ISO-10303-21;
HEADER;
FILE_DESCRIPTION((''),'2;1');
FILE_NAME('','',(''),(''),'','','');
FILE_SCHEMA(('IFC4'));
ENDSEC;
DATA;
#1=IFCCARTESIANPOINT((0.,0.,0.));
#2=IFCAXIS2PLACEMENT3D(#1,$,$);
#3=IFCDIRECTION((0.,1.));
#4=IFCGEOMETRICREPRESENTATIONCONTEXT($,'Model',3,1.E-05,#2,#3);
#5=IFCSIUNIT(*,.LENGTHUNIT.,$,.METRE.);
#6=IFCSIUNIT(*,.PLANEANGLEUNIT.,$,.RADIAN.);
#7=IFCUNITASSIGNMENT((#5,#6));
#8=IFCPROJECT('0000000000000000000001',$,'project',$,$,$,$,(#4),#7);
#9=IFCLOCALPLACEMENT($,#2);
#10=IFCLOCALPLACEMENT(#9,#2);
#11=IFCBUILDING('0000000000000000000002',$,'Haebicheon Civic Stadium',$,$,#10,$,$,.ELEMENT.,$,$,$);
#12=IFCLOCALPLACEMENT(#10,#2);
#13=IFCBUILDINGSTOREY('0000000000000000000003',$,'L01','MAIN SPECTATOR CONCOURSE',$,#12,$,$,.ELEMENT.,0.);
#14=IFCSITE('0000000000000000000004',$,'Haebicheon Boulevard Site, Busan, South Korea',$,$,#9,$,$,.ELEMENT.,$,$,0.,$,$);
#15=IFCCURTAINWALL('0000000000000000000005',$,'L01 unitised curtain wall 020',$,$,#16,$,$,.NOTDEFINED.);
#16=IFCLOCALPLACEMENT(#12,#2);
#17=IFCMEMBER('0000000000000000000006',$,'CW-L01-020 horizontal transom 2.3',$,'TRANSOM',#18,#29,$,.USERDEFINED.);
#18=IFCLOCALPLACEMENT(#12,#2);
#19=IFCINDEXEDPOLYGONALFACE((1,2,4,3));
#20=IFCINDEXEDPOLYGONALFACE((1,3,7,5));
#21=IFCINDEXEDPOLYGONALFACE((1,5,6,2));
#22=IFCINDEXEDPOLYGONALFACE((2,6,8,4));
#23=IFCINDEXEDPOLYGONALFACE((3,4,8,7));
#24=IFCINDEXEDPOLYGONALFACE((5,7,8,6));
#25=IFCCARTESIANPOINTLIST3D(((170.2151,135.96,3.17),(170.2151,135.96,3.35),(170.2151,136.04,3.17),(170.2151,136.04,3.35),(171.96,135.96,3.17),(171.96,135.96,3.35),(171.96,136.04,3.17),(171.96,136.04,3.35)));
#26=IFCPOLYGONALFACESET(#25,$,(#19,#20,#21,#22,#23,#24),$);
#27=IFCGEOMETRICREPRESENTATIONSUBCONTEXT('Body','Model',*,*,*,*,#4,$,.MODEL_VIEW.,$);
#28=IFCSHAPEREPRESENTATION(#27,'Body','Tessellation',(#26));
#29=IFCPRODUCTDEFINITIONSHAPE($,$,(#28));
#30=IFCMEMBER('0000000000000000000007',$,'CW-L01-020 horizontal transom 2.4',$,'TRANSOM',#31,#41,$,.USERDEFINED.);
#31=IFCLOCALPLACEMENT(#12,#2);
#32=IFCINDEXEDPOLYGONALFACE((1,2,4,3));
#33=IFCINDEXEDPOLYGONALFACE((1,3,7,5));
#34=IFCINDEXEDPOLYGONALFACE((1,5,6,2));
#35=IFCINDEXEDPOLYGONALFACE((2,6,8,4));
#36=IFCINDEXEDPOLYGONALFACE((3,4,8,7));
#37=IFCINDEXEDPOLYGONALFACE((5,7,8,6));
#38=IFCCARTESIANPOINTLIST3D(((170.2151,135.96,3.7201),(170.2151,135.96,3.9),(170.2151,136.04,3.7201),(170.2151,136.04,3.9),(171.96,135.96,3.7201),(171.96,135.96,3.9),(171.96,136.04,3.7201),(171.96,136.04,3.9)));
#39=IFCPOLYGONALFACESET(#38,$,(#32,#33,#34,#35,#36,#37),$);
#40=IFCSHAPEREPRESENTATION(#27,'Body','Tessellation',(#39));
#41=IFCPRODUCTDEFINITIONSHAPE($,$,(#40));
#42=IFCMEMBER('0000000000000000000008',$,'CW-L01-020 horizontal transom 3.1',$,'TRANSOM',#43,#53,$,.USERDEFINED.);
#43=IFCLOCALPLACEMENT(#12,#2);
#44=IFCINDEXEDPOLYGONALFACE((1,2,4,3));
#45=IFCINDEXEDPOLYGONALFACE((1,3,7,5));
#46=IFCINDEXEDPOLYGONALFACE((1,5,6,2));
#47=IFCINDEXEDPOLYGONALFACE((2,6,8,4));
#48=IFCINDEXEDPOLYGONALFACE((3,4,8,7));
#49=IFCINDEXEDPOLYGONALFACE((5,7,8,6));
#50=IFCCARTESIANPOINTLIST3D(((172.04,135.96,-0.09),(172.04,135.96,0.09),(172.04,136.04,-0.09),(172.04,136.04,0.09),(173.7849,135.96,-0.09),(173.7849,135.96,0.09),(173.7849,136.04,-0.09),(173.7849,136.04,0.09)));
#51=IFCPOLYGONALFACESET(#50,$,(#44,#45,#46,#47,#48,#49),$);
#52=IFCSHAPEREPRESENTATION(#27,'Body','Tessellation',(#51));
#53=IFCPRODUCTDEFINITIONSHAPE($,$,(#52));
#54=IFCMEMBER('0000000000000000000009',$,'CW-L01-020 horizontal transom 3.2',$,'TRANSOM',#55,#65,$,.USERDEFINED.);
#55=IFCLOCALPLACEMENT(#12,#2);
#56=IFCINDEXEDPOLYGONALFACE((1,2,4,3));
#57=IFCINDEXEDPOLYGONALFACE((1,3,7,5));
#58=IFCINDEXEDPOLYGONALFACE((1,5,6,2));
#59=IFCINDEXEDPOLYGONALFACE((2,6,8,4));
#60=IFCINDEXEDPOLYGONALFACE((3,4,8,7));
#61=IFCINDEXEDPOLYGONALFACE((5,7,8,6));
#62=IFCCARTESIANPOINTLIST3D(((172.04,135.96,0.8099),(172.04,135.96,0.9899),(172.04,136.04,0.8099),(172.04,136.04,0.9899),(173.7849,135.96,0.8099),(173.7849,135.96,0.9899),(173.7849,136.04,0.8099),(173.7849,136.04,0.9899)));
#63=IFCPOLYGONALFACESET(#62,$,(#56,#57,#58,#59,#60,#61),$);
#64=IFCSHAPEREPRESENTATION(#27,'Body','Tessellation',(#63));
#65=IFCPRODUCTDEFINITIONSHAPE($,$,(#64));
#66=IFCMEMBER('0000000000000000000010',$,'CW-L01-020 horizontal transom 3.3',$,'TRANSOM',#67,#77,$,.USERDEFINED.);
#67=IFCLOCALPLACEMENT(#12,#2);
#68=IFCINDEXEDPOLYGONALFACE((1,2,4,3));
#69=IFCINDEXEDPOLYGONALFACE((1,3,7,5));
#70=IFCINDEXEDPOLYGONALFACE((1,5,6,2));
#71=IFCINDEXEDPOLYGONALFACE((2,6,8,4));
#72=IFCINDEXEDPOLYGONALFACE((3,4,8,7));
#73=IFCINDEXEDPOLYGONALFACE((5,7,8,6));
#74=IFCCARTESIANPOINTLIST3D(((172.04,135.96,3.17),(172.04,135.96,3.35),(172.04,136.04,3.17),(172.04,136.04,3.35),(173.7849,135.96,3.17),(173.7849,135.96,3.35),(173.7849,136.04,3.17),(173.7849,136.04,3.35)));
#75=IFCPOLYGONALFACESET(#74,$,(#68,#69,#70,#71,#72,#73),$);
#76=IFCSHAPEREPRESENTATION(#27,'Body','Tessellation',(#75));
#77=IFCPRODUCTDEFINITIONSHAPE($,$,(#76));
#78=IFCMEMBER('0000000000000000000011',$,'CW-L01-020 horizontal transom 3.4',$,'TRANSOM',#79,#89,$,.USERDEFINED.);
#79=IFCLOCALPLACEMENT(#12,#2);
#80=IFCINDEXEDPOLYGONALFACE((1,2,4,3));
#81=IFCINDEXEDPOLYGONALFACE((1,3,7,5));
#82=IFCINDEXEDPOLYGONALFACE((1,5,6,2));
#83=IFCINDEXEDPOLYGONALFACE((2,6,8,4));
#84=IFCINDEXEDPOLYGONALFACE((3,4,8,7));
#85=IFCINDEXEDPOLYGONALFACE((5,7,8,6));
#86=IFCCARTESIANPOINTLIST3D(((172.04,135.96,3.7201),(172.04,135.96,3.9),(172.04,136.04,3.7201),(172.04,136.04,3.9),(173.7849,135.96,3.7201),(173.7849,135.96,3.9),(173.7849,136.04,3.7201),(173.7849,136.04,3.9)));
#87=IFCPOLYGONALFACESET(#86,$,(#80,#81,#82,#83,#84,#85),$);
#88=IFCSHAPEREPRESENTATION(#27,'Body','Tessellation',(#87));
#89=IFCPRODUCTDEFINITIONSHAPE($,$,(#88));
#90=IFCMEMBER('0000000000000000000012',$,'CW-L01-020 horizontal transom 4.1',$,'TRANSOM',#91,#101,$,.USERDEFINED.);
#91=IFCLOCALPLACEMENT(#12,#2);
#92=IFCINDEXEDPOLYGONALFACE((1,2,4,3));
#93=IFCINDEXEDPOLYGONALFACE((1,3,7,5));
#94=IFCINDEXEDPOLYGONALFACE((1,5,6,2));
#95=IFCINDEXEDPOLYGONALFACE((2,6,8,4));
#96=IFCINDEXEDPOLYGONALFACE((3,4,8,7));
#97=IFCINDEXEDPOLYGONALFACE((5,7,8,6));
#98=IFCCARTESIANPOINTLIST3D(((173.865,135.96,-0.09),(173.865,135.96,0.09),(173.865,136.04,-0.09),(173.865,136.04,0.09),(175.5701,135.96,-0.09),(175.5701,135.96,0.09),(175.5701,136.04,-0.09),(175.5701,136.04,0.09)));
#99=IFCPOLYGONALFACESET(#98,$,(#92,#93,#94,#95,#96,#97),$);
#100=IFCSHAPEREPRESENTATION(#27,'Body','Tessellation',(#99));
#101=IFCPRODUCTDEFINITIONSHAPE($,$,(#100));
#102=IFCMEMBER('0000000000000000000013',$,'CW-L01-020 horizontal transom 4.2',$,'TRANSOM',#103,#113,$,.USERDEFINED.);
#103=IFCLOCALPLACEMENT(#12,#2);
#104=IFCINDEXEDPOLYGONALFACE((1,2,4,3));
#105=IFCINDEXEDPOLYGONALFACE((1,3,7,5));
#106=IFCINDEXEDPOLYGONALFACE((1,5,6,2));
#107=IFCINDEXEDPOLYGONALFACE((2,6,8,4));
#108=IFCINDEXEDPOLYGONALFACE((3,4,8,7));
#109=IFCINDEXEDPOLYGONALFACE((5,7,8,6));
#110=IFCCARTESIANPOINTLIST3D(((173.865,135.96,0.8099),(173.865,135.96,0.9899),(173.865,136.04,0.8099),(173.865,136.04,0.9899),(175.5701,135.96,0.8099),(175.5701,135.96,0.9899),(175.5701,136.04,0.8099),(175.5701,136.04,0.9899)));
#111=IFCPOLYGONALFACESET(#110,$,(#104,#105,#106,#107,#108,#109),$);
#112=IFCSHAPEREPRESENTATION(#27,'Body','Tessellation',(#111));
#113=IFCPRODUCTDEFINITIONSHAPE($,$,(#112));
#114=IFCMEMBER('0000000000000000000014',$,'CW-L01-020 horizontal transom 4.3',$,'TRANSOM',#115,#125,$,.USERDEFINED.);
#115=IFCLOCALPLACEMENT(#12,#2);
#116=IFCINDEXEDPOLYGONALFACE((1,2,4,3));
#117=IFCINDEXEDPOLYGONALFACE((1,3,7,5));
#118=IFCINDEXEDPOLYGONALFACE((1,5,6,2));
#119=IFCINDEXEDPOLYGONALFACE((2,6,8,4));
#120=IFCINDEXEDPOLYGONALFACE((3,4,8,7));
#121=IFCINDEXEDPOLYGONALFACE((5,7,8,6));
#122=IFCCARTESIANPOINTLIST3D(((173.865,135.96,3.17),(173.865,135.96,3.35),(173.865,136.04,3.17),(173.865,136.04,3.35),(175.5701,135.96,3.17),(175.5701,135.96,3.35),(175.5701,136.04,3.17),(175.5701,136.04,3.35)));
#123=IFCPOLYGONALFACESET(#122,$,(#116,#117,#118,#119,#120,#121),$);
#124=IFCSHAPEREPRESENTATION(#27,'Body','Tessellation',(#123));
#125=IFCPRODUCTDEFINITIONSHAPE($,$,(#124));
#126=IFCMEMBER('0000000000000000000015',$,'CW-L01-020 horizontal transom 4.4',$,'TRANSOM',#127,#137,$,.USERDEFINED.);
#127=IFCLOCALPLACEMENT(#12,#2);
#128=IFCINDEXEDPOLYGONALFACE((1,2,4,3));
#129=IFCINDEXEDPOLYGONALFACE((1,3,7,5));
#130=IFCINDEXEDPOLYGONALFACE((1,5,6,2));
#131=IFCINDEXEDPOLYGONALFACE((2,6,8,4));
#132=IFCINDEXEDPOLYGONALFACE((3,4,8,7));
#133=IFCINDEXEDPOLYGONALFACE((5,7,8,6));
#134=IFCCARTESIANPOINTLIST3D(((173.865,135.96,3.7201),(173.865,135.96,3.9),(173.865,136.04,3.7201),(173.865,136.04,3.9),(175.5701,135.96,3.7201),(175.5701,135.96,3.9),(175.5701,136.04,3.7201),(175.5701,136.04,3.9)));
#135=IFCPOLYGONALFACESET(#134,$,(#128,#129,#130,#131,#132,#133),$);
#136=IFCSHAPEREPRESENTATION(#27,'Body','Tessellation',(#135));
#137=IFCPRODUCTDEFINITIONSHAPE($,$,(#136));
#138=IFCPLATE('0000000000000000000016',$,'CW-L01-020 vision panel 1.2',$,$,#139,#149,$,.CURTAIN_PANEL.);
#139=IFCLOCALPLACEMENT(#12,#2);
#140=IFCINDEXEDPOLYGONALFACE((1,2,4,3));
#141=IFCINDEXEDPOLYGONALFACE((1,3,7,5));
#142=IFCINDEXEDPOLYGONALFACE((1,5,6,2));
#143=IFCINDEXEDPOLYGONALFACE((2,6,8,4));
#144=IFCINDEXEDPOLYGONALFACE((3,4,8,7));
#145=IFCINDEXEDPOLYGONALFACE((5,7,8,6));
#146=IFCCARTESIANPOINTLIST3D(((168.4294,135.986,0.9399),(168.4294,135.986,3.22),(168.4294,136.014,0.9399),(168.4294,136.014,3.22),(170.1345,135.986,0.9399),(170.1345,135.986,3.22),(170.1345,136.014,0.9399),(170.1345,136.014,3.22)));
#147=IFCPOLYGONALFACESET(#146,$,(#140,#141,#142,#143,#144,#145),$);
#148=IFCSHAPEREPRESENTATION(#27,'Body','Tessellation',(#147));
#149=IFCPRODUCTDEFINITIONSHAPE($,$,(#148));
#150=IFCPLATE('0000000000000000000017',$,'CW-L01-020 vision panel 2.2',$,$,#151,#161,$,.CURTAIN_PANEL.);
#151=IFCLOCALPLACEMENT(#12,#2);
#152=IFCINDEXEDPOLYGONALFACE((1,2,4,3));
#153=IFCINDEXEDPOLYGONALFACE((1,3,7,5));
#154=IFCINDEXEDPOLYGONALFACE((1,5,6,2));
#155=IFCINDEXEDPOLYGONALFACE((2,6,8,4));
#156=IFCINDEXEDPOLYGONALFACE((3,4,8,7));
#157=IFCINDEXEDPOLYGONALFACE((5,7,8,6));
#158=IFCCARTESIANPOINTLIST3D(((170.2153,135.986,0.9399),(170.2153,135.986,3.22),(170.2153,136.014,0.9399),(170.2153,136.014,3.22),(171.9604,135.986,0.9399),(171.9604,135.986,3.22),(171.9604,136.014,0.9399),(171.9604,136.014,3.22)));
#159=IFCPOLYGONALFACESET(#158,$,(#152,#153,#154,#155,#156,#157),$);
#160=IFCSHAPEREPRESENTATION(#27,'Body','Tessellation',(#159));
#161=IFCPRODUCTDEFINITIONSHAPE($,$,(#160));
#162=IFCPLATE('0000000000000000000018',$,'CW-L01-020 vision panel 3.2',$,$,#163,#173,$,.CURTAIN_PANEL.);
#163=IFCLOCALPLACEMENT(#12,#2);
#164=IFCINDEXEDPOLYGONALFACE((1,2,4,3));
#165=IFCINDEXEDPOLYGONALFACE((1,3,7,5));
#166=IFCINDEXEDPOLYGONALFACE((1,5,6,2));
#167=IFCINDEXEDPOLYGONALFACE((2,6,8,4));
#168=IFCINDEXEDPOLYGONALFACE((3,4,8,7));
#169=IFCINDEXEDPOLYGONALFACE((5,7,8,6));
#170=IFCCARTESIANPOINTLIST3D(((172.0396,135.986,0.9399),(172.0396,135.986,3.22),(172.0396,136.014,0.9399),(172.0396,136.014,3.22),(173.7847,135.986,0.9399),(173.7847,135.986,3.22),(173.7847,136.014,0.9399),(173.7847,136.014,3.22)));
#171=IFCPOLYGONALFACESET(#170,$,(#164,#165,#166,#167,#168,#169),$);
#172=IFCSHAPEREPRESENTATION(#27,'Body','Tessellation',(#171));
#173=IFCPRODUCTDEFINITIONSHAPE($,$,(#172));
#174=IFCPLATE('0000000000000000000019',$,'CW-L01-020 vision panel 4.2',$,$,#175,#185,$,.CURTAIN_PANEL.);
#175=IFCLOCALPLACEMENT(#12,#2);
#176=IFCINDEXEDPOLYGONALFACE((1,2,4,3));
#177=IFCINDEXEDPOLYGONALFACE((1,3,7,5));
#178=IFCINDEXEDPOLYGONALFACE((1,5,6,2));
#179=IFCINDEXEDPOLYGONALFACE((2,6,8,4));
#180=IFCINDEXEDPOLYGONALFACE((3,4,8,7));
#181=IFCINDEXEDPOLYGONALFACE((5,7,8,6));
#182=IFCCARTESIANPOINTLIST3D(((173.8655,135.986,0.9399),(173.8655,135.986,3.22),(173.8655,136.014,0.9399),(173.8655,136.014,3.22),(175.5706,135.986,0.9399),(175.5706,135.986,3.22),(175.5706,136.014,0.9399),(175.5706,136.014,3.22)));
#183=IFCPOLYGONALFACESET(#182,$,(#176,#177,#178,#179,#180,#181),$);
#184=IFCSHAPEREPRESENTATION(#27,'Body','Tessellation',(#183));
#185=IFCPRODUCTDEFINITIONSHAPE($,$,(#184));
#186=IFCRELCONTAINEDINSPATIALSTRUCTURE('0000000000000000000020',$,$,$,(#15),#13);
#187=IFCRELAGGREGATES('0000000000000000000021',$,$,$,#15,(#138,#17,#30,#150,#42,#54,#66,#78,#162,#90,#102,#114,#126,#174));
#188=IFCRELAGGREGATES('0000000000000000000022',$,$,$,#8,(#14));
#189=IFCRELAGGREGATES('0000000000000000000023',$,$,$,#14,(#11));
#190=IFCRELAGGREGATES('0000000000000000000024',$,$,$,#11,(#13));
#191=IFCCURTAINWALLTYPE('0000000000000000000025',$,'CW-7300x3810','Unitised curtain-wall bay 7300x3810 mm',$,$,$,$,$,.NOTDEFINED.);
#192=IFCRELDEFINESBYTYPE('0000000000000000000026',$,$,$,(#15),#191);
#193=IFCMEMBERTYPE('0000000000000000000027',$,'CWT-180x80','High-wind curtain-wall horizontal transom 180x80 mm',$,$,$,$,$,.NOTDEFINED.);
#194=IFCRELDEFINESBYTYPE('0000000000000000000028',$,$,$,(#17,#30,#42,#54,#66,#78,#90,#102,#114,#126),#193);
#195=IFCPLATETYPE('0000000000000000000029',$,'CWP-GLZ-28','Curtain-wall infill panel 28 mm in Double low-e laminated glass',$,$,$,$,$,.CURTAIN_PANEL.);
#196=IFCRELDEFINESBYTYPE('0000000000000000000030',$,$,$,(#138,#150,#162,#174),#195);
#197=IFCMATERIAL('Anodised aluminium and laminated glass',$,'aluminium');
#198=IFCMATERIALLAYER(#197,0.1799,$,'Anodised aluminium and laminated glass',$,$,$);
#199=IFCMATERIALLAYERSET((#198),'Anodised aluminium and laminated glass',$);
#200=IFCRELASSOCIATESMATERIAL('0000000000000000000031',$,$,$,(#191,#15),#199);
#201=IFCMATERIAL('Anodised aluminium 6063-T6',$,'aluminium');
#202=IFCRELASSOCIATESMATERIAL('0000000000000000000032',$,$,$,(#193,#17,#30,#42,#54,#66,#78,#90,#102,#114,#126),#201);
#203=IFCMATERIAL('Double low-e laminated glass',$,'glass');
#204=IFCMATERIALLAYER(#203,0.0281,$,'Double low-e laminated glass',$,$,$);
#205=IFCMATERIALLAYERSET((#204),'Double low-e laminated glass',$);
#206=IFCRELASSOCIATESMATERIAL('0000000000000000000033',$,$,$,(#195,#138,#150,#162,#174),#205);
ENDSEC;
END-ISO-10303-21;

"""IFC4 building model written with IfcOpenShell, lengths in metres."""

from ifc_helpers import new_model, si_unit, direction, frame, origin, origin_2d, place, context, subcontext, project, spatial, rectangle, extrude, material, layer, layer_set, material_profile, profile_set, type_object, element, aggregate, save


model = new_model("IFC4")

# Units and contexts
model_context = context("Model", 3, precision=1e-05, world=origin(), true_north=direction((0.0, 1.0)))
body_context = subcontext(model_context, "Body", "Model", "MODEL_VIEW")
ifc_project = project(units=[si_unit("LENGTHUNIT", "METRE"), si_unit("PLANEANGLEUNIT", "RADIAN")], contexts=[model_context])

# Site, building, storey
site_placement = place(None, origin())
site = spatial("IfcSite", under=ifc_project, at=site_placement, Name="Haebicheon Boulevard Site, Busan, South Korea", CompositionType="ELEMENT", RefElevation=0.0)
building_placement = place(site_placement, origin())
building = spatial("IfcBuilding", under=site, at=building_placement, Name="Haebicheon Civic Stadium", CompositionType="ELEMENT")
storey_placement = place(building_placement, origin())
storey = spatial("IfcBuildingStorey", under=building, at=storey_placement, Name="L01", Description="MAIN SPECTATOR CONCOURSE", CompositionType="ELEMENT", Elevation=0.0)

# Curtain wall, members, plates
ifc_material_1 = material(Name="Anodised aluminium and laminated glass", Category="aluminium")
ifc_layer_1 = layer(ifc_material_1, 0.1799, Name="Anodised aluminium and laminated glass")
ifc_layer_set_1 = layer_set([ifc_layer_1], Name="Anodised aluminium and laminated glass")
curtain_wall_type = type_object("IfcCurtainWallType", Name="CW-7300x3810", Description="Unitised curtain-wall bay 7300x3810 mm", PredefinedType="NOTDEFINED", material=ifc_layer_set_1)
curtain_wall_placement = place(storey_placement, origin())
curtain_wall = element("IfcCurtainWall", 1, at=curtain_wall_placement, inside=storey, type_object=curtain_wall_type, material=ifc_layer_set_1, Name="L01 unitised curtain wall 020", PredefinedType="NOTDEFINED")
ifc_material_2 = material(Name="Anodised aluminium 6063-T6", Category="aluminium")
ifc_material_profile_1 = material_profile(ifc_material_2, rectangle(XDim=0.0801, YDim=0.1799, at=origin_2d()), Name="ALU-TRAN-80x180")
ifc_profile_set_1 = profile_set([ifc_material_profile_1], Name="Anodised aluminium 6063-T6")
member_type_1 = type_object("IfcMemberType", Name="CWT-180x80", Description="High-wind curtain-wall horizontal transom 180x80 mm", PredefinedType="NOTDEFINED", material=ifc_profile_set_1)
member_1_placement = place(storey_placement, frame((170.2151, 136.0, 3.26), z_axis=(1.0, 0.0, 0.0), x_axis=(0.0, 1.0, 0.0)))
member_1 = element("IfcMember", 2, at=member_1_placement, type_object=member_type_1, material=ifc_profile_set_1, Name="CW-L01-020 horizontal transom 2.3", ObjectType="TRANSOM", PredefinedType="USERDEFINED", context=body_context, shape_type="SweptSolid", body=[
    extrude(rectangle(XDim=0.0801, YDim=0.1799, at=origin_2d()), origin(), (0.0, 0.0, 1.0), 1.7449),
])
member_2_placement = place(storey_placement, frame((170.2151, 136.0, 3.8101), z_axis=(1.0, 0.0, 0.0), x_axis=(0.0, 1.0, 0.0)))
member_2 = element("IfcMember", 3, at=member_2_placement, type_object=member_type_1, material=ifc_profile_set_1, Name="CW-L01-020 horizontal transom 2.4", ObjectType="TRANSOM", PredefinedType="USERDEFINED", context=body_context, shape_type="SweptSolid", body=[
    extrude(rectangle(XDim=0.0801, YDim=0.1799, at=origin_2d()), origin(), (0.0, 0.0, 1.0), 1.7449),
])
member_3_placement = place(storey_placement, frame((172.04, 136.0, 0.0), z_axis=(1.0, 0.0, 0.0), x_axis=(0.0, 1.0, 0.0)))
member_3 = element("IfcMember", 4, at=member_3_placement, type_object=member_type_1, material=ifc_profile_set_1, Name="CW-L01-020 horizontal transom 3.1", ObjectType="TRANSOM", PredefinedType="USERDEFINED", context=body_context, shape_type="SweptSolid", body=[
    extrude(rectangle(XDim=0.0801, YDim=0.1799, at=origin_2d()), origin(), (0.0, 0.0, 1.0), 1.7449),
])
member_4_placement = place(storey_placement, frame((172.04, 136.0, 0.8999), z_axis=(1.0, 0.0, 0.0), x_axis=(0.0, 1.0, 0.0)))
member_4 = element("IfcMember", 5, at=member_4_placement, type_object=member_type_1, material=ifc_profile_set_1, Name="CW-L01-020 horizontal transom 3.2", ObjectType="TRANSOM", PredefinedType="USERDEFINED", context=body_context, shape_type="SweptSolid", body=[
    extrude(rectangle(XDim=0.0801, YDim=0.1799, at=origin_2d()), origin(), (0.0, 0.0, 1.0), 1.7449),
])
member_5_placement = place(storey_placement, frame((172.04, 136.0, 3.26), z_axis=(1.0, 0.0, 0.0), x_axis=(0.0, 1.0, 0.0)))
member_5 = element("IfcMember", 6, at=member_5_placement, type_object=member_type_1, material=ifc_profile_set_1, Name="CW-L01-020 horizontal transom 3.3", ObjectType="TRANSOM", PredefinedType="USERDEFINED", context=body_context, shape_type="SweptSolid", body=[
    extrude(rectangle(XDim=0.0801, YDim=0.1799, at=origin_2d()), origin(), (0.0, 0.0, 1.0), 1.7449),
])
member_6_placement = place(storey_placement, frame((172.04, 136.0, 3.8101), z_axis=(1.0, 0.0, 0.0), x_axis=(0.0, 1.0, 0.0)))
member_6 = element("IfcMember", 7, at=member_6_placement, type_object=member_type_1, material=ifc_profile_set_1, Name="CW-L01-020 horizontal transom 3.4", ObjectType="TRANSOM", PredefinedType="USERDEFINED", context=body_context, shape_type="SweptSolid", body=[
    extrude(rectangle(XDim=0.0801, YDim=0.1799, at=origin_2d()), origin(), (0.0, 0.0, 1.0), 1.7449),
])
member_7_placement = place(storey_placement, frame((173.865, 136.0, 0.0), z_axis=(1.0, 0.0, 0.0), x_axis=(0.0, 1.0, 0.0)))
member_7 = element("IfcMember", 8, at=member_7_placement, type_object=member_type_1, material=ifc_profile_set_1, Name="CW-L01-020 horizontal transom 4.1", ObjectType="TRANSOM", PredefinedType="USERDEFINED", context=body_context, shape_type="SweptSolid", body=[
    extrude(rectangle(XDim=0.0801, YDim=0.1799, at=origin_2d()), origin(), (0.0, 0.0, 1.0), 1.7051),
])
member_8_placement = place(storey_placement, frame((173.865, 136.0, 0.8999), z_axis=(1.0, 0.0, 0.0), x_axis=(0.0, 1.0, 0.0)))
member_8 = element("IfcMember", 9, at=member_8_placement, type_object=member_type_1, material=ifc_profile_set_1, Name="CW-L01-020 horizontal transom 4.2", ObjectType="TRANSOM", PredefinedType="USERDEFINED", context=body_context, shape_type="SweptSolid", body=[
    extrude(rectangle(XDim=0.0801, YDim=0.1799, at=origin_2d()), origin(), (0.0, 0.0, 1.0), 1.7051),
])
member_9_placement = place(storey_placement, frame((173.865, 136.0, 3.26), z_axis=(1.0, 0.0, 0.0), x_axis=(0.0, 1.0, 0.0)))
member_9 = element("IfcMember", 10, at=member_9_placement, type_object=member_type_1, material=ifc_profile_set_1, Name="CW-L01-020 horizontal transom 4.3", ObjectType="TRANSOM", PredefinedType="USERDEFINED", context=body_context, shape_type="SweptSolid", body=[
    extrude(rectangle(XDim=0.0801, YDim=0.1799, at=origin_2d()), origin(), (0.0, 0.0, 1.0), 1.7051),
])
member_10_placement = place(storey_placement, frame((173.865, 136.0, 3.8101), z_axis=(1.0, 0.0, 0.0), x_axis=(0.0, 1.0, 0.0)))
member_10 = element("IfcMember", 11, at=member_10_placement, type_object=member_type_1, material=ifc_profile_set_1, Name="CW-L01-020 horizontal transom 4.4", ObjectType="TRANSOM", PredefinedType="USERDEFINED", context=body_context, shape_type="SweptSolid", body=[
    extrude(rectangle(XDim=0.0801, YDim=0.1799, at=origin_2d()), origin(), (0.0, 0.0, 1.0), 1.7051),
])
ifc_material_3 = material(Name="Double low-e laminated glass", Category="glass")
ifc_layer_2 = layer(ifc_material_3, 0.0281, Name="Double low-e laminated glass")
ifc_layer_set_2 = layer_set([ifc_layer_2], Name="Double low-e laminated glass")
plate_type_1 = type_object("IfcPlateType", Name="CWP-GLZ-28", Description="Curtain-wall infill panel 28 mm in Double low-e laminated glass", PredefinedType="CURTAIN_PANEL", material=ifc_layer_set_2)
plate_1_placement = place(storey_placement, frame((169.282, 136.0, 0.9399), z_axis=(0.0, 0.0, 1.0), x_axis=(1.0, 0.0, 0.0)))
plate_1 = element("IfcPlate", 12, at=plate_1_placement, type_object=plate_type_1, material=ifc_layer_set_2, Name="CW-L01-020 vision panel 1.2", PredefinedType="CURTAIN_PANEL", context=body_context, shape_type="SweptSolid", body=[
    extrude(rectangle(XDim=1.7051, YDim=0.0281, at=origin_2d()), origin(), (0.0, 0.0, 1.0), 2.28),
])
plate_2_placement = place(storey_placement, frame((171.0879, 136.0, 0.9399), z_axis=(0.0, 0.0, 1.0), x_axis=(1.0, 0.0, 0.0)))
plate_2 = element("IfcPlate", 13, at=plate_2_placement, type_object=plate_type_1, material=ifc_layer_set_2, Name="CW-L01-020 vision panel 2.2", PredefinedType="CURTAIN_PANEL", context=body_context, shape_type="SweptSolid", body=[
    extrude(rectangle(XDim=1.7451, YDim=0.0281, at=origin_2d()), origin(), (0.0, 0.0, 1.0), 2.28),
])
plate_3_placement = place(storey_placement, frame((172.9121, 136.0, 0.9399), z_axis=(0.0, 0.0, 1.0), x_axis=(1.0, 0.0, 0.0)))
plate_3 = element("IfcPlate", 14, at=plate_3_placement, type_object=plate_type_1, material=ifc_layer_set_2, Name="CW-L01-020 vision panel 3.2", PredefinedType="CURTAIN_PANEL", context=body_context, shape_type="SweptSolid", body=[
    extrude(rectangle(XDim=1.7451, YDim=0.0281, at=origin_2d()), origin(), (0.0, 0.0, 1.0), 2.28),
])
plate_4_placement = place(storey_placement, frame((174.718, 136.0, 0.9399), z_axis=(0.0, 0.0, 1.0), x_axis=(1.0, 0.0, 0.0)))
plate_4 = element("IfcPlate", 15, at=plate_4_placement, type_object=plate_type_1, material=ifc_layer_set_2, Name="CW-L01-020 vision panel 4.2", PredefinedType="CURTAIN_PANEL", context=body_context, shape_type="SweptSolid", body=[
    extrude(rectangle(XDim=1.7051, YDim=0.0281, at=origin_2d()), origin(), (0.0, 0.0, 1.0), 2.28),
])
aggregate(curtain_wall, [plate_1, member_1, member_2, plate_2, member_3, member_4, member_5, member_6, plate_3, member_7, member_8, member_9, member_10, plate_4])

save(model, "model.ifc")
